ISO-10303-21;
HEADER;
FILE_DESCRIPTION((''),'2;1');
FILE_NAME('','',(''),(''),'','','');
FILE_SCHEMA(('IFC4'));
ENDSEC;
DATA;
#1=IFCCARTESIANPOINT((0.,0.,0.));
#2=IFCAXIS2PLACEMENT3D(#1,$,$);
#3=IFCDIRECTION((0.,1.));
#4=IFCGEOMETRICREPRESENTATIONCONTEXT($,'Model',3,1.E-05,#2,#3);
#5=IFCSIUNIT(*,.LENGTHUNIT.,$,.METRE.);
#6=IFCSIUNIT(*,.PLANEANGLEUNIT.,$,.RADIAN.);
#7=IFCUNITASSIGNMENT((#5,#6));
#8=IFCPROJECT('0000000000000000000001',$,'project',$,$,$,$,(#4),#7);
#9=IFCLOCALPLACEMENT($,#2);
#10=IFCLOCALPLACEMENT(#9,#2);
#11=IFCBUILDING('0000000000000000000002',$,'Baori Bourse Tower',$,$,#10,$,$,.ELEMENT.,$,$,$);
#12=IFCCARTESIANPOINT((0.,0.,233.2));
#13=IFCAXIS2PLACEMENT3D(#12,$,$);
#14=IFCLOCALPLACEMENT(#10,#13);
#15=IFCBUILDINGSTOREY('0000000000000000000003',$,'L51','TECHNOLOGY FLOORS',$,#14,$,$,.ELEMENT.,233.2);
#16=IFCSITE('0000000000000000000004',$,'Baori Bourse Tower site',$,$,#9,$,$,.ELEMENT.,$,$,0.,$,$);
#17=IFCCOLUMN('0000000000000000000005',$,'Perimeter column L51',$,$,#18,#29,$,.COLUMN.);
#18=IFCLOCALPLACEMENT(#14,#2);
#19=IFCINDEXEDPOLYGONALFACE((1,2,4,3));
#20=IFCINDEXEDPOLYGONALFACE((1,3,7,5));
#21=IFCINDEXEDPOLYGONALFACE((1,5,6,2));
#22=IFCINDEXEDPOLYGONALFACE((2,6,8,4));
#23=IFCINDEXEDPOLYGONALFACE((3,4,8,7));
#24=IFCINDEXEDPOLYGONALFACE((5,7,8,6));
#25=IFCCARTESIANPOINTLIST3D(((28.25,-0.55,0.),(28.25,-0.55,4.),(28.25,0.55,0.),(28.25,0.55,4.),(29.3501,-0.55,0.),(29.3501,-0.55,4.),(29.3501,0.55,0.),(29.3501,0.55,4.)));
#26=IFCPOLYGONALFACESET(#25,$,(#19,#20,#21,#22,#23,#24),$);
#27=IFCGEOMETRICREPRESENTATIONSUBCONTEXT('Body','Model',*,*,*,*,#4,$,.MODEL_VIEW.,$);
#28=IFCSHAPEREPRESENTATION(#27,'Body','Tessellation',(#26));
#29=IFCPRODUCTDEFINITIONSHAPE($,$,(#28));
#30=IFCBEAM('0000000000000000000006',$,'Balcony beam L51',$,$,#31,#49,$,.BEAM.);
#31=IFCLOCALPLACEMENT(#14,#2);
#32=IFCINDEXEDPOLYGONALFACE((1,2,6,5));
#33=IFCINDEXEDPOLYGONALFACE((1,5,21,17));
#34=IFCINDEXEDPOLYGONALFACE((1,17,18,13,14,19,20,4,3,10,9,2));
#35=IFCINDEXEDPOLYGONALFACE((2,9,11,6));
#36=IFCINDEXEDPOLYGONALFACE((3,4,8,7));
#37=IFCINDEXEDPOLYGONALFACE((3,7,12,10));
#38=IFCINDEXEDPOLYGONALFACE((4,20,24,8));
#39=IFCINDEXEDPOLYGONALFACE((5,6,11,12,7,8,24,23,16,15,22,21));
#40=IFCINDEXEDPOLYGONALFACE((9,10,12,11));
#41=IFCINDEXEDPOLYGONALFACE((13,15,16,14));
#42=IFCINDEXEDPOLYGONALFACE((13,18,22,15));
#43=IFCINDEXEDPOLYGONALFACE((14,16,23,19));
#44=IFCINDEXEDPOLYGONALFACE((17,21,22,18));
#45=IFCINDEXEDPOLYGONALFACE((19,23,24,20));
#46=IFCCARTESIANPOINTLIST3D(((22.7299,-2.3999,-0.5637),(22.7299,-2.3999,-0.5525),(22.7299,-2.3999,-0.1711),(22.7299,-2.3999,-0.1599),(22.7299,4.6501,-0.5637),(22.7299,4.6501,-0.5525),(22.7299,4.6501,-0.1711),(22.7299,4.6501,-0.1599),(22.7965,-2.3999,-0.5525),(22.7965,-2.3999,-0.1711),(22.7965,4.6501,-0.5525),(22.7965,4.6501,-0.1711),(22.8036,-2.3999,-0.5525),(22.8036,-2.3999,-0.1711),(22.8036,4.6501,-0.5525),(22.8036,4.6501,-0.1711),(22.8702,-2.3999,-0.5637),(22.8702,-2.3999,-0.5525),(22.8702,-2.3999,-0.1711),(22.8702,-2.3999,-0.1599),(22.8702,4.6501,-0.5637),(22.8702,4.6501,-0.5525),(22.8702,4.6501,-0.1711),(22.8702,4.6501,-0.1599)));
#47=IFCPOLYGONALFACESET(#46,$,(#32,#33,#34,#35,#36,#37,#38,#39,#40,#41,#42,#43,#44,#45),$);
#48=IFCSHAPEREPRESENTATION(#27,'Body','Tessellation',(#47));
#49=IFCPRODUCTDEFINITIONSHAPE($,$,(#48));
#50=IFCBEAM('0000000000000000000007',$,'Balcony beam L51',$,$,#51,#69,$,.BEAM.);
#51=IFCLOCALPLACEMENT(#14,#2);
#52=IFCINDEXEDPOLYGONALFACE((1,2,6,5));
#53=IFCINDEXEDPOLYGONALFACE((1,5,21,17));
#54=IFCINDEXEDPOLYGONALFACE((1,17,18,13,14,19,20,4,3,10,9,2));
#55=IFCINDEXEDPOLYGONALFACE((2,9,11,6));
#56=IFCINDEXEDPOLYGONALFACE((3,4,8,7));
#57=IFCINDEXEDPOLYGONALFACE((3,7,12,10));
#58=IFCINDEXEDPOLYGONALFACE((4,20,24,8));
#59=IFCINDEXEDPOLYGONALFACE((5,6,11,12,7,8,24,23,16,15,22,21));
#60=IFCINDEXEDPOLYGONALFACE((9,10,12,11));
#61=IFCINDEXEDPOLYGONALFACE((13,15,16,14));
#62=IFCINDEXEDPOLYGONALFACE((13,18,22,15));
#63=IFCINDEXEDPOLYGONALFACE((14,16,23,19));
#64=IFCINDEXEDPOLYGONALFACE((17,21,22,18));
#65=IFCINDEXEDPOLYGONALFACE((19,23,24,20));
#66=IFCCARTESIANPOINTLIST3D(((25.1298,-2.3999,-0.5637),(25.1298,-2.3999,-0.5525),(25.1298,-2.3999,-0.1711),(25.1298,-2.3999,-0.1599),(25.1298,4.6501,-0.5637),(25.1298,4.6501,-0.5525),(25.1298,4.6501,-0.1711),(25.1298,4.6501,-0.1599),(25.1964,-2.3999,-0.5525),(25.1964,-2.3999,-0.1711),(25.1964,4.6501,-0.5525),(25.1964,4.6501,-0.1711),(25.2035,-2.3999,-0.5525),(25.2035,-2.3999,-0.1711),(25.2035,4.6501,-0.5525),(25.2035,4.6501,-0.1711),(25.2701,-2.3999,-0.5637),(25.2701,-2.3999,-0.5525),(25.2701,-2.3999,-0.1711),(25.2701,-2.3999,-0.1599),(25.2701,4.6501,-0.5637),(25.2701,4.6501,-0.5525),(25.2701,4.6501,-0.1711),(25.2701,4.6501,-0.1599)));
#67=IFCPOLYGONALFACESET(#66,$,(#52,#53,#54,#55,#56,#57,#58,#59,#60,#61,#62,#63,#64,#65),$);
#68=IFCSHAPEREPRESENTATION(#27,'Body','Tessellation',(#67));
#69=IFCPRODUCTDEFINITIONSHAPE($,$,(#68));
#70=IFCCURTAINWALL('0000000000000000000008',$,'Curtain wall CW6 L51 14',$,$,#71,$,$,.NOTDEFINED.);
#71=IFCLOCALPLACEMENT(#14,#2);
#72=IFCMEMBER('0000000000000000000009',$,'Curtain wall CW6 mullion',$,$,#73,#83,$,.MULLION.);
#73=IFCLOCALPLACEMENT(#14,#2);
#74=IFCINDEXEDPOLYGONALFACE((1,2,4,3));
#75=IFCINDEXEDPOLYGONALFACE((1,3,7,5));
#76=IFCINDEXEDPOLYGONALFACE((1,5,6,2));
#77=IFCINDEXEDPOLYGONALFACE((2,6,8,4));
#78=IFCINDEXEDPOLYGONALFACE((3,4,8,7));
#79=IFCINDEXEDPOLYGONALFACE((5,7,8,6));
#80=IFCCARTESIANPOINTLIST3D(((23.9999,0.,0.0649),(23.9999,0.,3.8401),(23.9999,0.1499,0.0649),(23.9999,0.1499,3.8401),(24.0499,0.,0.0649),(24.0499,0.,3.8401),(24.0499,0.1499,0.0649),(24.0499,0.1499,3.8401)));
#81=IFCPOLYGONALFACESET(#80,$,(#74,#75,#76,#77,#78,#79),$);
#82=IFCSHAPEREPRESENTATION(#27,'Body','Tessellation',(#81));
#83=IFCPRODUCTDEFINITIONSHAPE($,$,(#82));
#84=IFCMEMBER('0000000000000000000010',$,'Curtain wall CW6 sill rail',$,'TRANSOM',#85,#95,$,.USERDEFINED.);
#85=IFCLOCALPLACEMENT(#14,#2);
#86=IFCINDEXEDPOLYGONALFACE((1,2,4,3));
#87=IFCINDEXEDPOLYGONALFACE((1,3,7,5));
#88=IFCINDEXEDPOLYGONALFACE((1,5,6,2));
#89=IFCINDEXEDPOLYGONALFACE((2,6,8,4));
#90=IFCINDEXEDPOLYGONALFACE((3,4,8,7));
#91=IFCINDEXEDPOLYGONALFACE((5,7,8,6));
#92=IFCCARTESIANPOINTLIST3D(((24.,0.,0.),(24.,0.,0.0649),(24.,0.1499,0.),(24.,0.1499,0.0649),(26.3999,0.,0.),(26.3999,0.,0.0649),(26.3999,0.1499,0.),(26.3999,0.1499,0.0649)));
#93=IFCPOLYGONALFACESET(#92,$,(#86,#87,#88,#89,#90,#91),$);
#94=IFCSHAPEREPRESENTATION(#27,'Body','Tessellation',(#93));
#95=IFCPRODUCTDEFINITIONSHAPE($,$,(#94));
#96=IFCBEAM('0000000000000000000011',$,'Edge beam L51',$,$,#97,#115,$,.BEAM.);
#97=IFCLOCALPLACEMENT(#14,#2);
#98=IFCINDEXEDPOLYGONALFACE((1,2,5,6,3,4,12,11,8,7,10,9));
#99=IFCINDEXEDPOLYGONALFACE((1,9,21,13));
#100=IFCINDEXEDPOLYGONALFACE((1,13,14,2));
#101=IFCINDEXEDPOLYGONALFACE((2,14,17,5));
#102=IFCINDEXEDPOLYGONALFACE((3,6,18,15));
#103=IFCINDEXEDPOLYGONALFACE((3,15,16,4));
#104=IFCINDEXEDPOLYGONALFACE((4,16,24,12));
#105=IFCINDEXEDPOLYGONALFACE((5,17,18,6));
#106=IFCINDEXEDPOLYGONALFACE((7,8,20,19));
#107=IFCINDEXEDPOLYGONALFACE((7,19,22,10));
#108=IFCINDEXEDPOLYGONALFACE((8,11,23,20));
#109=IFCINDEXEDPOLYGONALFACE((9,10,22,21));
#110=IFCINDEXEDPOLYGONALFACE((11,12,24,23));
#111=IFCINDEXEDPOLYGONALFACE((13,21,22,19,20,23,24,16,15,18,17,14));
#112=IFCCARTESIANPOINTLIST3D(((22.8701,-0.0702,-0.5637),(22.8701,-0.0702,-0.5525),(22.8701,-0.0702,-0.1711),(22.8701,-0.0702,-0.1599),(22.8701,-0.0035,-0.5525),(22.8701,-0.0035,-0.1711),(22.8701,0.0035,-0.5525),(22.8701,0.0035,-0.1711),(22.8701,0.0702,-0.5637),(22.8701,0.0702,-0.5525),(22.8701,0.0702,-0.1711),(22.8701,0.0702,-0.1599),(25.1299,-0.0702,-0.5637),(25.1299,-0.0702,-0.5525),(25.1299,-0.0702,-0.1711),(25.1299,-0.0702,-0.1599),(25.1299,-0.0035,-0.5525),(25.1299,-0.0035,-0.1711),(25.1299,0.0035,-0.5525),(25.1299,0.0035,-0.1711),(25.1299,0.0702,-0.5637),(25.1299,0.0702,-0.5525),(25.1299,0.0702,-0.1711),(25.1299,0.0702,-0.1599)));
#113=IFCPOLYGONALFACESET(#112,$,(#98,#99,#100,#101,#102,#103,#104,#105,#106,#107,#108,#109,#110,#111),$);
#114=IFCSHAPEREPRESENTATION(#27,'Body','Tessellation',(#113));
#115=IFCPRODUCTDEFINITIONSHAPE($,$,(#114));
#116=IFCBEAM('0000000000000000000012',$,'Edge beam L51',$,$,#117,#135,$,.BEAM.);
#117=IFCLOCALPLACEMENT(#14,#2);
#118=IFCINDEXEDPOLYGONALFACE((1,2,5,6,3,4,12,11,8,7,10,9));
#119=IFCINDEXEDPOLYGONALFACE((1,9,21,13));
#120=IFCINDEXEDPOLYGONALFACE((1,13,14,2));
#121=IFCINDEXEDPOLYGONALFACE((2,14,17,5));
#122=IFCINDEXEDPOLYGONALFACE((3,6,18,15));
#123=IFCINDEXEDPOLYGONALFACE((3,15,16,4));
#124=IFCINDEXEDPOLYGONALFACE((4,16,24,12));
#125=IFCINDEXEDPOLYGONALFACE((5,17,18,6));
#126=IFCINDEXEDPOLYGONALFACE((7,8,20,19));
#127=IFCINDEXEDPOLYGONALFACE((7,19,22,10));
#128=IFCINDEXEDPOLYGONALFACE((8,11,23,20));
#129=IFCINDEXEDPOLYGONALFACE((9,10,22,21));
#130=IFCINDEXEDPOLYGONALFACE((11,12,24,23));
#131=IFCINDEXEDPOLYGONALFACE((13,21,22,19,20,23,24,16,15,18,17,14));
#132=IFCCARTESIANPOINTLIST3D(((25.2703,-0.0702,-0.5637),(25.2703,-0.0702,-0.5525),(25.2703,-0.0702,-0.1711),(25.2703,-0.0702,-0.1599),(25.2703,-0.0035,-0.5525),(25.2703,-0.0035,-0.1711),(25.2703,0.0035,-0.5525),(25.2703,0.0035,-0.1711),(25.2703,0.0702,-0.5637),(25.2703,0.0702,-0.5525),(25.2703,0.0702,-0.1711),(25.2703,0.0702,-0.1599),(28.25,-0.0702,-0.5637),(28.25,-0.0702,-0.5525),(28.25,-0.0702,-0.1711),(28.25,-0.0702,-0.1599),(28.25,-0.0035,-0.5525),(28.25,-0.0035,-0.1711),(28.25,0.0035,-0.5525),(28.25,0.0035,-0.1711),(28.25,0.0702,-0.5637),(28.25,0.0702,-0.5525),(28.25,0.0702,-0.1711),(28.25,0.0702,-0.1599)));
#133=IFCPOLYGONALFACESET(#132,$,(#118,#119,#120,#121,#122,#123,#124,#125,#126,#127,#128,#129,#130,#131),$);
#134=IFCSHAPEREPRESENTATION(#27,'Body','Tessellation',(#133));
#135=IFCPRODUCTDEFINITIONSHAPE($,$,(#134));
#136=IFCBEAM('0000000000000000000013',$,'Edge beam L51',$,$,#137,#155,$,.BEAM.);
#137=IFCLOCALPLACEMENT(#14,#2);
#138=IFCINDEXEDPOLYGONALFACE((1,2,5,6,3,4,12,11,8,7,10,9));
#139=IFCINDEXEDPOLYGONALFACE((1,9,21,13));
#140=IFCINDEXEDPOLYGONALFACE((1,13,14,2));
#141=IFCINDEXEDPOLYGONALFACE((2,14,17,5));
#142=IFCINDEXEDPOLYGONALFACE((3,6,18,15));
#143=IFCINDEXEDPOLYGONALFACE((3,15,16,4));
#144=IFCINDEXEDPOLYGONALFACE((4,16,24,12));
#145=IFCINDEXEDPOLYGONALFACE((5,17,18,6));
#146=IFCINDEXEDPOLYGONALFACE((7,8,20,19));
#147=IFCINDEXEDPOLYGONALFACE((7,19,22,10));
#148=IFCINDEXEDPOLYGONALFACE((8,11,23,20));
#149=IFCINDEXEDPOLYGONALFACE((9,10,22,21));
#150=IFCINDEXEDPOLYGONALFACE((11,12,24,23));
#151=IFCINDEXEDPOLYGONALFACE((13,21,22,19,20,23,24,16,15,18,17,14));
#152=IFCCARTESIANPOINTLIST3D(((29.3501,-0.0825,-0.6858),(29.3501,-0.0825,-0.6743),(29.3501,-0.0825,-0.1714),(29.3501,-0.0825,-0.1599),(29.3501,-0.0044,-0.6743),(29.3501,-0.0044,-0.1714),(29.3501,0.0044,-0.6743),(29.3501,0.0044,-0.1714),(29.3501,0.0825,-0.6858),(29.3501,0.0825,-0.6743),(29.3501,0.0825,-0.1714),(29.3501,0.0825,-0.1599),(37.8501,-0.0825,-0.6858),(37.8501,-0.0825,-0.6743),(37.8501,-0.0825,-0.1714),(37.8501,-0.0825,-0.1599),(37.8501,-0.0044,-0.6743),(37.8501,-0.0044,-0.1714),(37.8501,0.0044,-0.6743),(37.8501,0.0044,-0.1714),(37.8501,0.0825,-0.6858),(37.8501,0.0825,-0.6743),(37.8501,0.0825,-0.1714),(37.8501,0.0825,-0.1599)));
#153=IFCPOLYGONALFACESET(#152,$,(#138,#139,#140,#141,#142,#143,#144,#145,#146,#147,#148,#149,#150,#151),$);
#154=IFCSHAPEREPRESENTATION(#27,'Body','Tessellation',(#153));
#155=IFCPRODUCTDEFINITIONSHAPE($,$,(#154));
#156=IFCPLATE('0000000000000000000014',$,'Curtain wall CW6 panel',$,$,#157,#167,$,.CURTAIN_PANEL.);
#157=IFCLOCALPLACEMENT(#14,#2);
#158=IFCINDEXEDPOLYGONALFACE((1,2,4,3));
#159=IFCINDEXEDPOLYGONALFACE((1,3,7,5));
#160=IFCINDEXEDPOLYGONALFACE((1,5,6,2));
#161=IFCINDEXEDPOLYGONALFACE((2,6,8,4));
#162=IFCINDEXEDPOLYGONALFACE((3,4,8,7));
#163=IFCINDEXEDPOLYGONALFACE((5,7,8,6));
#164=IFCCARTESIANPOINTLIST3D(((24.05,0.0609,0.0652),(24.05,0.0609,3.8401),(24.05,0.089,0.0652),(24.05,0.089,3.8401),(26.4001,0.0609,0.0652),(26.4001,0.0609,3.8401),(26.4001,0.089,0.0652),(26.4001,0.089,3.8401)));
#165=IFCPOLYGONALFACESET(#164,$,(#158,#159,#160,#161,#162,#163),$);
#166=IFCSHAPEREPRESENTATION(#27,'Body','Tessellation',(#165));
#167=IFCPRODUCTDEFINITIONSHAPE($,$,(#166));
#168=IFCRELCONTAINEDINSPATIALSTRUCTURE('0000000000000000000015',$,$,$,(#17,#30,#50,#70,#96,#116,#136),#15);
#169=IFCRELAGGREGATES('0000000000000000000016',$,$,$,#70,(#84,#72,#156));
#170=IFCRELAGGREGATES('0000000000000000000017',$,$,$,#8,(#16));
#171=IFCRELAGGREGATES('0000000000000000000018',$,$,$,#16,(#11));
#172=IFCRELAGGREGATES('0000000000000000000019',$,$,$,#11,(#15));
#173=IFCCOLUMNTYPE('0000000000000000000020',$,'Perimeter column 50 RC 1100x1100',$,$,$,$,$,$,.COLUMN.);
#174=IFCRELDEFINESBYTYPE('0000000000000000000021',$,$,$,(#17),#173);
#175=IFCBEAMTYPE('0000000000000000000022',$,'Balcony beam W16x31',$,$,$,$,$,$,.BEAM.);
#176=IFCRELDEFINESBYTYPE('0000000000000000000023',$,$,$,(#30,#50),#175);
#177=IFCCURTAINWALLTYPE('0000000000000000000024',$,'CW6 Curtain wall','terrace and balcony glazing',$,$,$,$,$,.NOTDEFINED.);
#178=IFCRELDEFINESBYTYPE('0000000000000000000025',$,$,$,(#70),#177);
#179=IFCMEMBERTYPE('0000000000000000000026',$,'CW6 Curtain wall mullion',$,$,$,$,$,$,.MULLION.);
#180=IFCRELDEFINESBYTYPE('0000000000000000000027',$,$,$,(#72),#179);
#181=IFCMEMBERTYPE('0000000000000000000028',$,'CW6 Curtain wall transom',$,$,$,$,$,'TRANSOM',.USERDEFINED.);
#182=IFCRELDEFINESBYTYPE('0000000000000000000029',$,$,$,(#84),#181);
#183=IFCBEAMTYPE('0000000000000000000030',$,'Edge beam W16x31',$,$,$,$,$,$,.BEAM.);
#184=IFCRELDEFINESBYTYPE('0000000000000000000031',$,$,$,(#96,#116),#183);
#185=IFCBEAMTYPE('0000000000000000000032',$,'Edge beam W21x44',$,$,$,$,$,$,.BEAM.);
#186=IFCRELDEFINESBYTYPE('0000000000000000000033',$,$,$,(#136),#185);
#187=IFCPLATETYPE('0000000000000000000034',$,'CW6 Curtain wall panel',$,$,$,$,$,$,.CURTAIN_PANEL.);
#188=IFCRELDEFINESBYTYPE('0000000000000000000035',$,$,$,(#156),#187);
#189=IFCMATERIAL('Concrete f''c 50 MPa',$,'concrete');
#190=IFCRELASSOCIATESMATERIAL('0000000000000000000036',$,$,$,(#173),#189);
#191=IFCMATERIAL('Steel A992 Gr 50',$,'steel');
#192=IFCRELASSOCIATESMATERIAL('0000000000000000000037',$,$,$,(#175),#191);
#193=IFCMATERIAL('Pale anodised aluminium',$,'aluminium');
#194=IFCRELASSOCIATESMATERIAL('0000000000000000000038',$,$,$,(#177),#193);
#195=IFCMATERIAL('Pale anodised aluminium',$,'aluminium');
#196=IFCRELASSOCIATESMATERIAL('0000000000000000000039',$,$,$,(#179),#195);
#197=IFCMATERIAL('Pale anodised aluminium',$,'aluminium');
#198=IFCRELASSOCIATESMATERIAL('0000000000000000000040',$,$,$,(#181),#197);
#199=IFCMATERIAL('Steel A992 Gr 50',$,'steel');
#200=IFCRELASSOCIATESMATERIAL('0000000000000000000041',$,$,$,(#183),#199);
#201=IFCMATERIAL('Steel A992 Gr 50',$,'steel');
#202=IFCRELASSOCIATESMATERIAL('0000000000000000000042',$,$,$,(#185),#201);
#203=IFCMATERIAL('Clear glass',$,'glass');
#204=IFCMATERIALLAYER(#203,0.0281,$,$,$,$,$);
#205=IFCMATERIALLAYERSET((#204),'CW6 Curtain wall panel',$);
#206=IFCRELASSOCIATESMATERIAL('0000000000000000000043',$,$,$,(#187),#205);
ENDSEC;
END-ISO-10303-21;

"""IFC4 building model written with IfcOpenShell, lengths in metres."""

from ifc_helpers import new_model, si_unit, direction, frame, origin, origin_2d, place, context, subcontext, project, spatial, rectangle, i_section, extrude, material, layer, layer_set, material_profile, profile_set, type_object, element, aggregate, save


model = new_model("IFC4")

# Units and contexts
model_context = context("Model", 3, precision=1e-05, world=origin(), true_north=direction((0.0, 1.0)))
body_context = subcontext(model_context, "Body", "Model", "MODEL_VIEW")
ifc_project = project(units=[si_unit("LENGTHUNIT", "METRE"), si_unit("PLANEANGLEUNIT", "RADIAN")], contexts=[model_context])

# Site, building, storey
site_placement = place(None, origin())
site = spatial("IfcSite", under=ifc_project, at=site_placement, Name="Baori Bourse Tower site", CompositionType="ELEMENT", RefElevation=0.0)
building_placement = place(site_placement, origin())
building = spatial("IfcBuilding", under=site, at=building_placement, Name="Baori Bourse Tower", CompositionType="ELEMENT")
storey_placement = place(building_placement, frame((0.0, 0.0, 233.2)))
storey = spatial("IfcBuildingStorey", under=building, at=storey_placement, Name="L51", Description="TECHNOLOGY FLOORS", CompositionType="ELEMENT", Elevation=233.2)

# Column
ifc_material_1 = material(Name="Concrete f'c 50 MPa", Category="concrete")
ifc_material_profile_1 = material_profile(ifc_material_1, rectangle(XDim=1.1001, YDim=1.1001, at=origin_2d()), Name="RC 1100x1100")
ifc_profile_set_1 = profile_set([ifc_material_profile_1], Name="Concrete f'c 50 MPa")
column_type = type_object("IfcColumnType", Name="Perimeter column 50 RC 1100x1100", PredefinedType="COLUMN", material=ifc_profile_set_1)
column_placement = place(storey_placement, frame((28.8, 0.0, 0.0), z_axis=(0.0, 0.0, 1.0), x_axis=(1.0, 0.0, 0.0)))
element("IfcColumn", 1, at=column_placement, inside=storey, type_object=column_type, Name="Perimeter column L51", PredefinedType="COLUMN", context=body_context, shape_type="SweptSolid", body=[
    extrude(rectangle(XDim=1.1001, YDim=1.1001, at=origin_2d()), origin(), (0.0, 0.0, 1.0), 4.0),
])

# Beams
ifc_material_2 = material(Name="Steel A992 Gr 50", Category="steel")
ifc_material_profile_2 = material_profile(ifc_material_2, i_section(OverallWidth=0.1404, OverallDepth=0.4038, WebThickness=0.0071, FlangeThickness=0.0112, at=origin_2d()), Name="W16x31")
ifc_profile_set_2 = profile_set([ifc_material_profile_2], Name="Steel A992 Gr 50")
beam_type_1 = type_object("IfcBeamType", Name="Balcony beam W16x31", PredefinedType="BEAM", material=ifc_profile_set_2)
for number, where, z_axis, x_axis, name in (
    (2, (22.8, -2.3999, -0.3618), (0.0, 1.0, 0.0), (-1.0, 0.0, 0.0), "Balcony beam L51"),
    (3, (25.2, -2.3999, -0.3618), (0.0, 1.0, 0.0), (-1.0, 0.0, 0.0), "Balcony beam L51"),
):
    element("IfcBeam", number, at=place(storey_placement, frame(where, z_axis=z_axis, x_axis=x_axis)), inside=storey, type_object=beam_type_1, Name=name, PredefinedType="BEAM", context=body_context, shape_type="SweptSolid", body=[
        extrude(i_section(OverallWidth=0.1404, OverallDepth=0.4038, WebThickness=0.0071, FlangeThickness=0.0112, at=origin_2d()), origin(), (0.0, 0.0, 1.0), 7.05),
    ])

# Curtain wall, members
ifc_material_3 = material(Name="Pale anodised aluminium", Category="aluminium")
curtain_wall_type = type_object("IfcCurtainWallType", Name="CW6 Curtain wall", Description="terrace and balcony glazing", PredefinedType="NOTDEFINED", material=ifc_material_3)
curtain_wall_placement = place(storey_placement, origin())
curtain_wall = element("IfcCurtainWall", 4, at=curtain_wall_placement, inside=storey, type_object=curtain_wall_type, Name="Curtain wall CW6 L51 14", PredefinedType="NOTDEFINED")
ifc_material_4 = material(Name="Pale anodised aluminium", Category="aluminium")
ifc_material_profile_3 = material_profile(ifc_material_4, rectangle(XDim=0.1499, YDim=0.05, at=origin_2d()), Name="Mullion 50x150")
ifc_profile_set_3 = profile_set([ifc_material_profile_3], Name="Pale anodised aluminium")
member_type_1 = type_object("IfcMemberType", Name="CW6 Curtain wall mullion", PredefinedType="MULLION", material=ifc_profile_set_3)
member_1_placement = place(storey_placement, frame((24.0249, 0.075, 0.0649), z_axis=(0.0, 0.0, 1.0), x_axis=(0.0, 1.0, 0.0)))
member_1 = element("IfcMember", 5, at=member_1_placement, type_object=member_type_1, Name="Curtain wall CW6 mullion", PredefinedType="MULLION", context=body_context, shape_type="SweptSolid", body=[
    extrude(rectangle(XDim=0.1499, YDim=0.05, at=origin_2d()), origin(), (0.0, 0.0, 1.0), 3.7751),
])
ifc_material_5 = material(Name="Pale anodised aluminium", Category="aluminium")
ifc_material_profile_4 = material_profile(ifc_material_5, rectangle(XDim=0.1499, YDim=0.0649, at=origin_2d()), Name="Transom 65x150")
ifc_profile_set_4 = profile_set([ifc_material_profile_4], Name="Pale anodised aluminium")
member_type_2 = type_object("IfcMemberType", Name="CW6 Curtain wall transom", ElementType="TRANSOM", PredefinedType="USERDEFINED", material=ifc_profile_set_4)
member_2_placement = place(storey_placement, frame((24.0, 0.075, 0.0325), z_axis=(1.0, 0.0, 0.0), x_axis=(0.0, 1.0, 0.0)))
member_2 = element("IfcMember", 6, at=member_2_placement, type_object=member_type_2, Name="Curtain wall CW6 sill rail", ObjectType="TRANSOM", PredefinedType="USERDEFINED", context=body_context, shape_type="SweptSolid", body=[
    extrude(rectangle(XDim=0.1499, YDim=0.0649, at=origin_2d()), origin(), (0.0, 0.0, 1.0), 2.3999),
])

# Beams
ifc_material_6 = material(Name="Steel A992 Gr 50", Category="steel")
ifc_material_profile_5 = material_profile(ifc_material_6, i_section(OverallWidth=0.1404, OverallDepth=0.4038, WebThickness=0.0071, FlangeThickness=0.0112, at=origin_2d()), Name="W16x31")
ifc_profile_set_5 = profile_set([ifc_material_profile_5], Name="Steel A992 Gr 50")
beam_type_2 = type_object("IfcBeamType", Name="Edge beam W16x31", PredefinedType="BEAM", material=ifc_profile_set_5)
beam_1_placement = place(storey_placement, frame((22.8701, 0.0, -0.3618), z_axis=(1.0, 0.0, 0.0), x_axis=(0.0, 1.0, 0.0)))
element("IfcBeam", 7, at=beam_1_placement, inside=storey, type_object=beam_type_2, Name="Edge beam L51", PredefinedType="BEAM", context=body_context, shape_type="SweptSolid", body=[
    extrude(i_section(OverallWidth=0.1404, OverallDepth=0.4038, WebThickness=0.0071, FlangeThickness=0.0112, at=origin_2d()), origin(), (0.0, 0.0, 1.0), 2.2598),
])
beam_2_placement = place(storey_placement, frame((25.2703, 0.0, -0.3618), z_axis=(1.0, 0.0, 0.0), x_axis=(0.0, 1.0, 0.0)))
element("IfcBeam", 8, at=beam_2_placement, inside=storey, type_object=beam_type_2, Name="Edge beam L51", PredefinedType="BEAM", context=body_context, shape_type="SweptSolid", body=[
    extrude(i_section(OverallWidth=0.1404, OverallDepth=0.4038, WebThickness=0.0071, FlangeThickness=0.0112, at=origin_2d()), origin(), (0.0, 0.0, 1.0), 2.9797),
])
ifc_material_7 = material(Name="Steel A992 Gr 50", Category="steel")
ifc_material_profile_6 = material_profile(ifc_material_7, i_section(OverallWidth=0.165, OverallDepth=0.5259, WebThickness=0.0088, FlangeThickness=0.0115, at=origin_2d()), Name="W21x44")
ifc_profile_set_6 = profile_set([ifc_material_profile_6], Name="Steel A992 Gr 50")
beam_type_3 = type_object("IfcBeamType", Name="Edge beam W21x44", PredefinedType="BEAM", material=ifc_profile_set_6)
beam_3_placement = place(storey_placement, frame((29.3501, 0.0, -0.4229), z_axis=(1.0, 0.0, 0.0), x_axis=(0.0, 1.0, 0.0)))
element("IfcBeam", 9, at=beam_3_placement, inside=storey, type_object=beam_type_3, Name="Edge beam L51", PredefinedType="BEAM", context=body_context, shape_type="SweptSolid", body=[
    extrude(i_section(OverallWidth=0.165, OverallDepth=0.5259, WebThickness=0.0088, FlangeThickness=0.0115, at=origin_2d()), origin(), (0.0, 0.0, 1.0), 8.5),
])

# Plate
ifc_material_8 = material(Name="Clear glass", Category="glass")
ifc_layer_1 = layer(ifc_material_8, 0.0281)
ifc_layer_set_1 = layer_set([ifc_layer_1], Name="CW6 Curtain wall panel")
plate_type = type_object("IfcPlateType", Name="CW6 Curtain wall panel", PredefinedType="CURTAIN_PANEL", material=ifc_layer_set_1)
plate_placement = place(storey_placement, frame((25.2251, 0.075, 0.0652), z_axis=(0.0, 0.0, 1.0), x_axis=(1.0, 0.0, 0.0)))
plate = element("IfcPlate", 10, at=plate_placement, type_object=plate_type, Name="Curtain wall CW6 panel", PredefinedType="CURTAIN_PANEL", context=body_context, shape_type="SweptSolid", body=[
    extrude(rectangle(XDim=2.3501, YDim=0.0281, at=origin_2d()), origin(), (0.0, 0.0, 1.0), 3.7749),
])
aggregate(curtain_wall, [member_2, member_1, plate])

save(model, "model.ifc")
